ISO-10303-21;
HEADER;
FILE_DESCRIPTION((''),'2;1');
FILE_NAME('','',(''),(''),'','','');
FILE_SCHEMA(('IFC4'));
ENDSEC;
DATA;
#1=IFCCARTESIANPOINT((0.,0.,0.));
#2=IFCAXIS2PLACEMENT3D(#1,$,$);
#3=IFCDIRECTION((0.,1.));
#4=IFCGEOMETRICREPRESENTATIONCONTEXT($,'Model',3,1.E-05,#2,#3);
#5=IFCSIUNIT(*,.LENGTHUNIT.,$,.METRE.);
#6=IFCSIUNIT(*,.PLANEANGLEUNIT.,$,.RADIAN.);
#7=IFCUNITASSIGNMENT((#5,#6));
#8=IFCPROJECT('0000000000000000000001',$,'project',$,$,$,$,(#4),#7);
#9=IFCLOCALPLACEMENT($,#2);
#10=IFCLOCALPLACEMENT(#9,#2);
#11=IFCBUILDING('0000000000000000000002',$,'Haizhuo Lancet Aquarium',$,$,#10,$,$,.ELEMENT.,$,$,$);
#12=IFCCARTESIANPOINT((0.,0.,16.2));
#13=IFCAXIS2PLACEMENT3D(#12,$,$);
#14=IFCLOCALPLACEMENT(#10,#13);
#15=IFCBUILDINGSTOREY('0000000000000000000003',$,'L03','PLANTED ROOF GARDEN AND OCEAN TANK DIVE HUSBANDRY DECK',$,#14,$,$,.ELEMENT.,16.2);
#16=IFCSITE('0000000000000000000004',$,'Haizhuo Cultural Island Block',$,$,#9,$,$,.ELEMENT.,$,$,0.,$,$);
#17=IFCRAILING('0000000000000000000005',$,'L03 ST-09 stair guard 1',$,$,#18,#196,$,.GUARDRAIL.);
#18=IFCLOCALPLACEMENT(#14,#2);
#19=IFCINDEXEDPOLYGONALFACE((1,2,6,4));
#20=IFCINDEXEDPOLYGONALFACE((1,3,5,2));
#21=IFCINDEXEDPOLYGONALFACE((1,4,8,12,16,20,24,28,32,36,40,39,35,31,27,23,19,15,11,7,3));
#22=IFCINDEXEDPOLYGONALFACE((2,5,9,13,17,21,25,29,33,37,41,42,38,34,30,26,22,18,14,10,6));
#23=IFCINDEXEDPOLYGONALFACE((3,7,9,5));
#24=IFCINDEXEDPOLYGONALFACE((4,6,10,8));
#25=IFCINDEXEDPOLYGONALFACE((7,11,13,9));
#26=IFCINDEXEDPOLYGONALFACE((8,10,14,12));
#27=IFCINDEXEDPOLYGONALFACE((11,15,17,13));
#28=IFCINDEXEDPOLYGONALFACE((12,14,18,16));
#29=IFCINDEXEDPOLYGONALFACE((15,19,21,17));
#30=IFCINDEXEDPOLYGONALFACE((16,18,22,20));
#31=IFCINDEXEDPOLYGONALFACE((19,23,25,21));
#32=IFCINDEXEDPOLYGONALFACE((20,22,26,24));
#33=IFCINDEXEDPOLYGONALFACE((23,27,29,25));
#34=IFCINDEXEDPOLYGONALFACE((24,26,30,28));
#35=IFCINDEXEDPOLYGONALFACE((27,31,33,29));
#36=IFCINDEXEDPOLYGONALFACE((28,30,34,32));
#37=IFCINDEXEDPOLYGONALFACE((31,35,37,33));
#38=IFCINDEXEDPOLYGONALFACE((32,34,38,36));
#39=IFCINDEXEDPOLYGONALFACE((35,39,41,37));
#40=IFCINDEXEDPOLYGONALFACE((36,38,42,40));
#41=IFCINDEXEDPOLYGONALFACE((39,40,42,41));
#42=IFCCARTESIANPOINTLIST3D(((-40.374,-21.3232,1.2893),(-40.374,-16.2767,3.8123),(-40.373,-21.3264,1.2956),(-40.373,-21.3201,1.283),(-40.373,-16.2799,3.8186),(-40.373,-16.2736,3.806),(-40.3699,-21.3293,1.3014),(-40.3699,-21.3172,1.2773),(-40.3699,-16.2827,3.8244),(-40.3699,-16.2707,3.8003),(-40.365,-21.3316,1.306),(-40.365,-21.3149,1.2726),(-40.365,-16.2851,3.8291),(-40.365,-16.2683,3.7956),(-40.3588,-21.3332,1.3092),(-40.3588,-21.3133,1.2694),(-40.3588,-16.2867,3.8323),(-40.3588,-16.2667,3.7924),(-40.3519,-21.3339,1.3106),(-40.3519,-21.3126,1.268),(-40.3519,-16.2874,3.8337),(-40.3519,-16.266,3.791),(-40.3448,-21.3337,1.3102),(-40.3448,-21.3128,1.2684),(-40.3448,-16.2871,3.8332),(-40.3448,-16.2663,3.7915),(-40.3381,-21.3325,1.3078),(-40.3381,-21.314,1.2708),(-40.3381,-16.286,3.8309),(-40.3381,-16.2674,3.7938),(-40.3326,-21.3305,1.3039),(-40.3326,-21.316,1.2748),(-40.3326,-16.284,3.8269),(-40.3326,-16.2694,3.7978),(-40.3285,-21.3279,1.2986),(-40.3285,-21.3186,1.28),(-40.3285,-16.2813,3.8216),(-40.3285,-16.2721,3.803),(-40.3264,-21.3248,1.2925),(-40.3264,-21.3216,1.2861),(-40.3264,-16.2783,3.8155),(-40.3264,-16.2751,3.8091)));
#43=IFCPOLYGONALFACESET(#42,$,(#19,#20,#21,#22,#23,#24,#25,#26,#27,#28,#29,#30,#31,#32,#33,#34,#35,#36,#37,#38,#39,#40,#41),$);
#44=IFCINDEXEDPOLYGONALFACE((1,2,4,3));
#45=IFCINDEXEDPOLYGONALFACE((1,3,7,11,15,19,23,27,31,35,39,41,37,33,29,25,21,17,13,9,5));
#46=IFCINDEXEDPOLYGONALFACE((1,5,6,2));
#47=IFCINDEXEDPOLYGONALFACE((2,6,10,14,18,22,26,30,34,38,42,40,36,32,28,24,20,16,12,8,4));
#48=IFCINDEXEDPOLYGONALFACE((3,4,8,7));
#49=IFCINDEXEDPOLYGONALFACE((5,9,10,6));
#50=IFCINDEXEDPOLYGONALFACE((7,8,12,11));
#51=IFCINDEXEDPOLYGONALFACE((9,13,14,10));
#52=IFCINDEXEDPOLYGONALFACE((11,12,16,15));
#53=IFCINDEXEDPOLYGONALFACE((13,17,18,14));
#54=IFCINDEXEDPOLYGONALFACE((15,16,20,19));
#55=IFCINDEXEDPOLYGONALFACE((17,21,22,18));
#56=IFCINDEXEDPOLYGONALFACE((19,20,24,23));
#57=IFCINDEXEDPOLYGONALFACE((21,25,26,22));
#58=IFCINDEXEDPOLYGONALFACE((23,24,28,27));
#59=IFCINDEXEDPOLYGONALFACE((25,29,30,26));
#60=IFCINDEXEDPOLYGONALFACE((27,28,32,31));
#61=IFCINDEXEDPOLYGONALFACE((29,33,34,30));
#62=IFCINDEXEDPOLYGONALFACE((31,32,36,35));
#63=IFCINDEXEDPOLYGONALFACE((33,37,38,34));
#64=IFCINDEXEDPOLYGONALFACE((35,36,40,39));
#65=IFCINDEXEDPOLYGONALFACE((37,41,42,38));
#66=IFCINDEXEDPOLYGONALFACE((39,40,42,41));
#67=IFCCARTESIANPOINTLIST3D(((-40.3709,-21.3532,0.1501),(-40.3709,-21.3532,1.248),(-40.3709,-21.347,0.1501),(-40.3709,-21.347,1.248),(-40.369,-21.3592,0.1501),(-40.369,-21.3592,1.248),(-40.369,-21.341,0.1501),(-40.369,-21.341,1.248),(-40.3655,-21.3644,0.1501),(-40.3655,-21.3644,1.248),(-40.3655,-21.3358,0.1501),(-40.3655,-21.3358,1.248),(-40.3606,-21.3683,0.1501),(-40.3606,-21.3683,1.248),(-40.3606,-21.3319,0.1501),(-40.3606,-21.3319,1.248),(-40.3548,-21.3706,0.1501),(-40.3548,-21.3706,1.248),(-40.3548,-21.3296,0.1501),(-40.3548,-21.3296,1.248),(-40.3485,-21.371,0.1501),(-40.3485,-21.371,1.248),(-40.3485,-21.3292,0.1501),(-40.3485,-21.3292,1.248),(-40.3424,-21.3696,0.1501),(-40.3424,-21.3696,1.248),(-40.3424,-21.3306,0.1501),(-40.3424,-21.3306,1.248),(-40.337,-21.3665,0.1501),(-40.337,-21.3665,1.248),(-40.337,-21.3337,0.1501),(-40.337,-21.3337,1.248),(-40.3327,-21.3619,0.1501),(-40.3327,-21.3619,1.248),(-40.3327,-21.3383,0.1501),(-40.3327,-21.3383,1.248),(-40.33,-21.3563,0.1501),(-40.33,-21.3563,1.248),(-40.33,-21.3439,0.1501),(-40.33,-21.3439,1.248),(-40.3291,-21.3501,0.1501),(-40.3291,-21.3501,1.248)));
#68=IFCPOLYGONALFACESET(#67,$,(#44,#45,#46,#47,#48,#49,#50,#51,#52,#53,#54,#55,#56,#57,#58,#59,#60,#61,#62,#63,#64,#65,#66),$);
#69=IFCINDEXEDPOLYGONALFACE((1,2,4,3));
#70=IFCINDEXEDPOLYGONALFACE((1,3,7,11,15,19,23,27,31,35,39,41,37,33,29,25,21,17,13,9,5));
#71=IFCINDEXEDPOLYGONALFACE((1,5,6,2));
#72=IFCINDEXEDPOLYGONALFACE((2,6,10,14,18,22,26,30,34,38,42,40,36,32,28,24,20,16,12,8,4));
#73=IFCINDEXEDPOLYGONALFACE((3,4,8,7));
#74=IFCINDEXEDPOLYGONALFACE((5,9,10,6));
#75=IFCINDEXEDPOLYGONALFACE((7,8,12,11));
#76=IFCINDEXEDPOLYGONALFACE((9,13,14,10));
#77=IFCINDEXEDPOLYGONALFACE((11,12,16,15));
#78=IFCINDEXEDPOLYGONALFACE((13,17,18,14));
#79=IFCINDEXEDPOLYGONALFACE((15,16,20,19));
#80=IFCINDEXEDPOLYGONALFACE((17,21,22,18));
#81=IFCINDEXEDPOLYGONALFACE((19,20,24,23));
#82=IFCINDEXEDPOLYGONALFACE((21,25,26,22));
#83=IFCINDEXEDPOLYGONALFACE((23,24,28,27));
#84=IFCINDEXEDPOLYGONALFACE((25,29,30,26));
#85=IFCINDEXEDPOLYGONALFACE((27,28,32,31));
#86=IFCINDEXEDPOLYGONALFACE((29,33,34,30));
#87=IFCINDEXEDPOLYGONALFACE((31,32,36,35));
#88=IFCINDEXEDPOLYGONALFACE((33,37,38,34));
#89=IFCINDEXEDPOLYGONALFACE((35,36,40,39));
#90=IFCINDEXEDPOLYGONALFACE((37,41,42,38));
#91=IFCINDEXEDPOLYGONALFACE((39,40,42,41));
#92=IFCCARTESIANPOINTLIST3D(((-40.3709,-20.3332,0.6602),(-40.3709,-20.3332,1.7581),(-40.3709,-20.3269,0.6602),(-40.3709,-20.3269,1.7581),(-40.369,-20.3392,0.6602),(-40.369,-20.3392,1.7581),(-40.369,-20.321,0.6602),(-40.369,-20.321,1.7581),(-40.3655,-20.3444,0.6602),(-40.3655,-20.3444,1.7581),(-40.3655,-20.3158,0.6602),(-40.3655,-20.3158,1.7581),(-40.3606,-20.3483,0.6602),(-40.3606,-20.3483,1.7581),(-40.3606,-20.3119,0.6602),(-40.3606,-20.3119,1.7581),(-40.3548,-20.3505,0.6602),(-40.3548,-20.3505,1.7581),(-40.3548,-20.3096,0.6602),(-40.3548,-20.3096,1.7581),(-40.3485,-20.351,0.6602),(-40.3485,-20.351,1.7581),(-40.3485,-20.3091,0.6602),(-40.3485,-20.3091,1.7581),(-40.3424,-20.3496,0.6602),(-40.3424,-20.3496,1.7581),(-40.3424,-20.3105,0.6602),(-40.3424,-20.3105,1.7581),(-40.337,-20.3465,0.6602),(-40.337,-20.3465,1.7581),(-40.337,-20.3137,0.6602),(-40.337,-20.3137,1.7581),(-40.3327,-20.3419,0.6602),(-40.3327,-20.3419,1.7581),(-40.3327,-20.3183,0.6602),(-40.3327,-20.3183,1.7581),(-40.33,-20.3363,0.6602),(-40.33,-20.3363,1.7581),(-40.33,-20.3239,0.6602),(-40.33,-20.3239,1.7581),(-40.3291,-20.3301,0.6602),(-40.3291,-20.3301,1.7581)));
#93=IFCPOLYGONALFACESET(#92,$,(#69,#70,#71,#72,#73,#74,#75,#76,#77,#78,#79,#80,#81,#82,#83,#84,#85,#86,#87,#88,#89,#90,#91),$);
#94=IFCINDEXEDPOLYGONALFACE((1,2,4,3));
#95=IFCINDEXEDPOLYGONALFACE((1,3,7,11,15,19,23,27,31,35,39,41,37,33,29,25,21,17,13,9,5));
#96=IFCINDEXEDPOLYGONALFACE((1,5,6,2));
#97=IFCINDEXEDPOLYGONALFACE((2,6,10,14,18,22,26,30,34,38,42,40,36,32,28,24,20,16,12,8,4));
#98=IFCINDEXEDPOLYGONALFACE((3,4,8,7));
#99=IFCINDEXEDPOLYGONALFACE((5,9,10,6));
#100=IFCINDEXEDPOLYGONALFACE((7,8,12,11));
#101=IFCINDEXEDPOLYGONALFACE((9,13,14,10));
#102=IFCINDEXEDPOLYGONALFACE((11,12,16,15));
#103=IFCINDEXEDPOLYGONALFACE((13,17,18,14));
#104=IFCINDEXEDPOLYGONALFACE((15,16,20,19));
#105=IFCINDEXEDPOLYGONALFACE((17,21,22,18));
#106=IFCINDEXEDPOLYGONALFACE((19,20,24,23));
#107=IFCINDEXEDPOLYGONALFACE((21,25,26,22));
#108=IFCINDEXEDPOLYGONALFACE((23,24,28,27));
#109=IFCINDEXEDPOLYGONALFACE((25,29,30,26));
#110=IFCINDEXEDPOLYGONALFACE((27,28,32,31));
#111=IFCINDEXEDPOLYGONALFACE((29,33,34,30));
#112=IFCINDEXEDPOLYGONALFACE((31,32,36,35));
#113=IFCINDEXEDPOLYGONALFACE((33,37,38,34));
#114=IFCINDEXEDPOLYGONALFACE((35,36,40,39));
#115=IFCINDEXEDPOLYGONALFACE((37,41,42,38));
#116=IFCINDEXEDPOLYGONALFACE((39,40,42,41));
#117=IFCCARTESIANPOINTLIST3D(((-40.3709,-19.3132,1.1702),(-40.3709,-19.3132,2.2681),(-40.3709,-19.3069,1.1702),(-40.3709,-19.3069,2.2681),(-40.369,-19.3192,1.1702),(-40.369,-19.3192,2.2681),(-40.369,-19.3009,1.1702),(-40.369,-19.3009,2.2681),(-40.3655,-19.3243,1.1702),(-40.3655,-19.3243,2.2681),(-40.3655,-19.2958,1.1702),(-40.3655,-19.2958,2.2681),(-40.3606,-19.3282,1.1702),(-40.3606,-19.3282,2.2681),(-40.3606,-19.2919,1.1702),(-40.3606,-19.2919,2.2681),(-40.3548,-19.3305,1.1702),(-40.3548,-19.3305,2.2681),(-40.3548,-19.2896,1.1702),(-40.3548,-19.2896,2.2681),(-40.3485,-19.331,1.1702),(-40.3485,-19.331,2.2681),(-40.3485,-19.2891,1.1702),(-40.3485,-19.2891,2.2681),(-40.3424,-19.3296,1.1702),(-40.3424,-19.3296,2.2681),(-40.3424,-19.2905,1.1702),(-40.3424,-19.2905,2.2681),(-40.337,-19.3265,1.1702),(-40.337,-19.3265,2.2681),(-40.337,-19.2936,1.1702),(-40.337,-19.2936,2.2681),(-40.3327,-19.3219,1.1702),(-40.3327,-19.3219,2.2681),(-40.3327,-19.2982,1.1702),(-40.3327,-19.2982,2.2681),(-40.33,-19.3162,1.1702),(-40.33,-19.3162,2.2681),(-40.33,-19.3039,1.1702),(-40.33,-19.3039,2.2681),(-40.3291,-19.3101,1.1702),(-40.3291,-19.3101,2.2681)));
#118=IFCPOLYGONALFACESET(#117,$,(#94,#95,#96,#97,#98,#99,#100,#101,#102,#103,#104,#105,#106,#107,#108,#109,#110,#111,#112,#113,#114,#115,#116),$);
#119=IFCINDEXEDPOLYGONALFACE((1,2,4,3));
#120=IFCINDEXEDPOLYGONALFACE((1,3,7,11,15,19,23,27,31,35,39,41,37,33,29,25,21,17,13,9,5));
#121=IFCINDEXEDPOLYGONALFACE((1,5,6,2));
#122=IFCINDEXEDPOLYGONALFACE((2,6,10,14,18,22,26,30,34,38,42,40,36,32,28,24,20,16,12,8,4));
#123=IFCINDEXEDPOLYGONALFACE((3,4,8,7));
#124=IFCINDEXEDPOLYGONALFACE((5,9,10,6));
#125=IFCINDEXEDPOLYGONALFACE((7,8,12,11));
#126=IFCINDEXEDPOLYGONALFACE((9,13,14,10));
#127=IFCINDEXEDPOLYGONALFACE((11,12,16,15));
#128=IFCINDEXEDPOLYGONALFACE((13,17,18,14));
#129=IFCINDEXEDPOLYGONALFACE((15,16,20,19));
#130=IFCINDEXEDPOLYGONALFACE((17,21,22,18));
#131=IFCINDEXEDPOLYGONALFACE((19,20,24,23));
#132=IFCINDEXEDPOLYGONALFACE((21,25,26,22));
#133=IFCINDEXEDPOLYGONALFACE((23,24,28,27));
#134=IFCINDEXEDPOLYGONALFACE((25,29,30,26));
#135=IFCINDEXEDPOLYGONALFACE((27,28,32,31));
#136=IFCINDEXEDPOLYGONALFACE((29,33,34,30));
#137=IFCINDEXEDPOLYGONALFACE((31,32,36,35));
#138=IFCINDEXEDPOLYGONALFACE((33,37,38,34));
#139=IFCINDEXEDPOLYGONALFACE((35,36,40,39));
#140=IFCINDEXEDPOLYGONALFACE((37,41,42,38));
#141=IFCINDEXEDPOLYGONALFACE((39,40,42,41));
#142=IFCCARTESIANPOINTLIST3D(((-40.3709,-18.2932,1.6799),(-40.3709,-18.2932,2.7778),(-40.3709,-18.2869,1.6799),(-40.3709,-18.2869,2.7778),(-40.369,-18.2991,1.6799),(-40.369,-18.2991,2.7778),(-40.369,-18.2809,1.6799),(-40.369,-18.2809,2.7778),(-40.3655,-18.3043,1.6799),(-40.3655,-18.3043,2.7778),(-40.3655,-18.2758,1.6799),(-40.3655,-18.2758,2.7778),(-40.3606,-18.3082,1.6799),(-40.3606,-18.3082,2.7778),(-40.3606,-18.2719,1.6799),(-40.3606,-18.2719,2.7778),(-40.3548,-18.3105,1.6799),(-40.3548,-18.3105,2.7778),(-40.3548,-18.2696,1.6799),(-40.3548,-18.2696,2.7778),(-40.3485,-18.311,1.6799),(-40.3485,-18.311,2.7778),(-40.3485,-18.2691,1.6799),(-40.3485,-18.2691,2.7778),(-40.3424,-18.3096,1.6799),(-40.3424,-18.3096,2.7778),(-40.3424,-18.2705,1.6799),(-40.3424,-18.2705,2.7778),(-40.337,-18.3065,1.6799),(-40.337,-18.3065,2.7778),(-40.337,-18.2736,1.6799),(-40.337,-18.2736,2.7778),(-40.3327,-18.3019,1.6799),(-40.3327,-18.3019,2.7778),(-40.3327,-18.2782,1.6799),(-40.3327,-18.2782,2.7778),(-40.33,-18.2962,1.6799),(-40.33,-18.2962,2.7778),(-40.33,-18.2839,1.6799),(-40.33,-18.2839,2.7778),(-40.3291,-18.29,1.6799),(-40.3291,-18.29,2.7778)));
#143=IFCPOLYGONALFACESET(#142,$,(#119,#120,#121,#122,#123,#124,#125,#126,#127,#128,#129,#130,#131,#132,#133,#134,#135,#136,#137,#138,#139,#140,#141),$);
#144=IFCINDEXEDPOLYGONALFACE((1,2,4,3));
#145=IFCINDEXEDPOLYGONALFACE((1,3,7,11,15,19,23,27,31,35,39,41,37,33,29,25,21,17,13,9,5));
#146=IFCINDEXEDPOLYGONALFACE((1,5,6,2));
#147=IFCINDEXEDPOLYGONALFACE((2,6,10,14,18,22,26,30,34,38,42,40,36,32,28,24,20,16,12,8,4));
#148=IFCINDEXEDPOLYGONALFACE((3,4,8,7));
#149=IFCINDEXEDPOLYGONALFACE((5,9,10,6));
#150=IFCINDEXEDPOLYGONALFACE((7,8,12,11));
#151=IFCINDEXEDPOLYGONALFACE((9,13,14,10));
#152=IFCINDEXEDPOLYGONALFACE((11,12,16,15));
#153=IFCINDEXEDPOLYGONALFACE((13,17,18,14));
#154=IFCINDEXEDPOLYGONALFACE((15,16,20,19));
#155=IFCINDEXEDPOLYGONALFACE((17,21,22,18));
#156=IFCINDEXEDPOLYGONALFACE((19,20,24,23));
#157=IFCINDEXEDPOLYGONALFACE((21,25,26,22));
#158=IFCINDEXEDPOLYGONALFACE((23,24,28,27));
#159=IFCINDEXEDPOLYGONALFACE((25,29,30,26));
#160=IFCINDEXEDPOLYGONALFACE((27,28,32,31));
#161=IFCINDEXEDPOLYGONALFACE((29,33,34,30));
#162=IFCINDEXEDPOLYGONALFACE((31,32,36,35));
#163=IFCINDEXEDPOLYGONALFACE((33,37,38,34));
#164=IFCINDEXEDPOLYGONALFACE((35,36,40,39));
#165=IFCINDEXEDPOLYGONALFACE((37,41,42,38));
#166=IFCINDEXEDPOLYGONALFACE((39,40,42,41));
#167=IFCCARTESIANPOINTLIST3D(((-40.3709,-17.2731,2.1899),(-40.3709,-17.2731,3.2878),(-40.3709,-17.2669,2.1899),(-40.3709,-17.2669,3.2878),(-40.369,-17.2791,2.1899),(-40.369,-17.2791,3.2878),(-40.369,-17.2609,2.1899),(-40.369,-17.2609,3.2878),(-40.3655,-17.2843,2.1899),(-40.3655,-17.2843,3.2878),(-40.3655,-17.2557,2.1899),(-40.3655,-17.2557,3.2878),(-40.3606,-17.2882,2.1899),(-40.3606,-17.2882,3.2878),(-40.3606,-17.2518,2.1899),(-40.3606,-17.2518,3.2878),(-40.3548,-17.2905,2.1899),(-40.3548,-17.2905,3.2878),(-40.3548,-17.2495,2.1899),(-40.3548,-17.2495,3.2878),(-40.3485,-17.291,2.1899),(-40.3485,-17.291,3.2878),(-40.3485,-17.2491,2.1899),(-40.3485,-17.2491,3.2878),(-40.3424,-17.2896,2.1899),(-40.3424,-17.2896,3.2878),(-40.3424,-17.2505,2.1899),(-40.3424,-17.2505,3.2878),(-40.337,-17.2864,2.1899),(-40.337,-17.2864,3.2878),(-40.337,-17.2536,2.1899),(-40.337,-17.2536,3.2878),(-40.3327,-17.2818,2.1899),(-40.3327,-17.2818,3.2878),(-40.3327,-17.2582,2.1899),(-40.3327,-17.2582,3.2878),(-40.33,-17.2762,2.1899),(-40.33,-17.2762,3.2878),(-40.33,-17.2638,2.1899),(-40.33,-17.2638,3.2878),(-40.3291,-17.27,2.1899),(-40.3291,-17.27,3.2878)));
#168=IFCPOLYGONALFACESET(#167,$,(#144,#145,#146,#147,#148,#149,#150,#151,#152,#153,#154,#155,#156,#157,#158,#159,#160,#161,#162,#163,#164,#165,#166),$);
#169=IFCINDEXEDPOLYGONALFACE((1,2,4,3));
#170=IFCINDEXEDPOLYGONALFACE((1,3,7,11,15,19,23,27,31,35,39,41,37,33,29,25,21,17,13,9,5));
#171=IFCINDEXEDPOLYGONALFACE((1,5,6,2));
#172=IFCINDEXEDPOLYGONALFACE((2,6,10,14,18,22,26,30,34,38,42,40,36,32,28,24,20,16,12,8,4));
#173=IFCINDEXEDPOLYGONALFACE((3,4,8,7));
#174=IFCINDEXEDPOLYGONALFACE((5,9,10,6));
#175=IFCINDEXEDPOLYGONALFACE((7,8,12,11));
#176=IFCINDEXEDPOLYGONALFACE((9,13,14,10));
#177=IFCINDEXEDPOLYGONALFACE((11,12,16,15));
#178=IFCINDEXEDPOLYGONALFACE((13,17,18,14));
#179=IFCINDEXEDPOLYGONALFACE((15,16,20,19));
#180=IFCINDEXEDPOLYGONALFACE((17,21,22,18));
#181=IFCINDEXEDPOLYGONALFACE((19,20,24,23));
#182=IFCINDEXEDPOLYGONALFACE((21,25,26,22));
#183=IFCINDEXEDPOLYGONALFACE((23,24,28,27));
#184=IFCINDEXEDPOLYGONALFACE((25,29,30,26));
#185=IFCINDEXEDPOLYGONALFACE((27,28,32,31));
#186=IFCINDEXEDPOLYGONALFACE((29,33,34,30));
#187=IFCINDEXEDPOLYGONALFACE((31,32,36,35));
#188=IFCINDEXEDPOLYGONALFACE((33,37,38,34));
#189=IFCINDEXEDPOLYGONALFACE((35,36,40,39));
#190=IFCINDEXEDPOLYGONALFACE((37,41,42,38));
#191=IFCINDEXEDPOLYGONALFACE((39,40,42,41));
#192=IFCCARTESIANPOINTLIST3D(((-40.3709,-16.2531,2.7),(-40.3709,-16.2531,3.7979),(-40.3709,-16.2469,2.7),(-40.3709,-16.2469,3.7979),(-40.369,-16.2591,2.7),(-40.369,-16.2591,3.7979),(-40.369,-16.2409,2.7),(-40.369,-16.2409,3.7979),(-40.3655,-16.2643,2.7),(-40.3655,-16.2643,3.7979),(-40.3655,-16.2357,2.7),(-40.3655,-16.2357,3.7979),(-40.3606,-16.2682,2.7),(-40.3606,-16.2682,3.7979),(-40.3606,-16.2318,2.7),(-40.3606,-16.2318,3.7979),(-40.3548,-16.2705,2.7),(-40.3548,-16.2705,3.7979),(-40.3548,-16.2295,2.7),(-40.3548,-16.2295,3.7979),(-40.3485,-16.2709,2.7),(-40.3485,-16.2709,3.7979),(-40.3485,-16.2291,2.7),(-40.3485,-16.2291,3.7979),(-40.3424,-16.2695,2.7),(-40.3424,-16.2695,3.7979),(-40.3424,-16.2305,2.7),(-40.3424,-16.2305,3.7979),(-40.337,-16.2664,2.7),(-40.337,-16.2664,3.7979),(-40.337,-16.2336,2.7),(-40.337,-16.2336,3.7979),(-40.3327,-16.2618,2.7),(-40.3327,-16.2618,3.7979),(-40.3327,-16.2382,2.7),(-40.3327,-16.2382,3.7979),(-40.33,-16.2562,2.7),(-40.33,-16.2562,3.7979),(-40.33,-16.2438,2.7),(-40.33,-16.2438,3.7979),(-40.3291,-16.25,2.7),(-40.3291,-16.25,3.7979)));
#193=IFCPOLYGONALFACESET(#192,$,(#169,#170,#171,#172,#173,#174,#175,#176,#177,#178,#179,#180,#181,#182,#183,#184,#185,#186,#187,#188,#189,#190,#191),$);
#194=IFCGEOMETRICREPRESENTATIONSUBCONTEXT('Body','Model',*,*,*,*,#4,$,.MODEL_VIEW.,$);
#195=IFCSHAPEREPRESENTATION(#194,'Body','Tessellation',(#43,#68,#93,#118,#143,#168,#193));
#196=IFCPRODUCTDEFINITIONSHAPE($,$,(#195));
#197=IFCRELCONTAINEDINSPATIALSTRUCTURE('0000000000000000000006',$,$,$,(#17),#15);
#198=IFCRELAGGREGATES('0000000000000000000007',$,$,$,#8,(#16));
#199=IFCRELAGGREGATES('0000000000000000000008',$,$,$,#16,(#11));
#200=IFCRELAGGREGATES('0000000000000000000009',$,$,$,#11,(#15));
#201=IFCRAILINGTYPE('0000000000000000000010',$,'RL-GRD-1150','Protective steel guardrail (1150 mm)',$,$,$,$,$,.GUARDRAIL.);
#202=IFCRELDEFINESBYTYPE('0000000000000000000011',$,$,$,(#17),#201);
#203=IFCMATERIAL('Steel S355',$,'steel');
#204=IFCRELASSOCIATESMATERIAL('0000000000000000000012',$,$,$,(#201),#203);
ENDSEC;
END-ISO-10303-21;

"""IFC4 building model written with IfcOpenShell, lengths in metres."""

from ifc_helpers import new_model, si_unit, direction, frame, origin, origin_2d, place, context, subcontext, project, spatial, circle, extrude, material, type_object, element, save


model = new_model("IFC4")

# Units and contexts
model_context = context("Model", 3, precision=1e-05, world=origin(), true_north=direction((0.0, 1.0)))
body_context = subcontext(model_context, "Body", "Model", "MODEL_VIEW")
ifc_project = project(units=[si_unit("LENGTHUNIT", "METRE"), si_unit("PLANEANGLEUNIT", "RADIAN")], contexts=[model_context])

# Site, building, storey
site_placement = place(None, origin())
site = spatial("IfcSite", under=ifc_project, at=site_placement, Name="Haizhuo Cultural Island Block", CompositionType="ELEMENT", RefElevation=0.0)
building_placement = place(site_placement, origin())
building = spatial("IfcBuilding", under=site, at=building_placement, Name="Haizhuo Lancet Aquarium", CompositionType="ELEMENT")
storey_placement = place(building_placement, frame((0.0, 0.0, 16.2)))
storey = spatial("IfcBuildingStorey", under=building, at=storey_placement, Name="L03", Description="PLANTED ROOF GARDEN AND OCEAN TANK DIVE HUSBANDRY DECK", CompositionType="ELEMENT", Elevation=16.2)

# Shared definitions
ifc_material_1 = material(Name="Steel S355", Category="steel")

# Railing
railing_type_1 = type_object("IfcRailingType", Name="RL-GRD-1150", Description="Protective steel guardrail (1150 mm)", PredefinedType="GUARDRAIL", material=ifc_material_1)
railing_1_placement = place(storey_placement, frame((-40.3501, -21.3501, 0.1501)))
element("IfcRailing", 1, at=railing_1_placement, inside=storey, type_object=railing_type_1, Name="L03 ST-09 stair guard 1", PredefinedType="GUARDRAIL", context=body_context, shape_type="SweptSolid", body=[
    extrude(circle(Radius=0.0239, at=origin_2d()), frame((0.0, 0.0269, 1.1392), z_axis=(0.0, 0.894444, 0.447179), x_axis=(-1.0, 0.0, 0.0)), (0.0, 0.0, 1.0), 5.6421),
    extrude(circle(Radius=0.021, at=origin_2d()), origin(), (0.0, 0.0, 1.0), 1.0979),
    extrude(circle(Radius=0.021, at=origin_2d()), frame((0.0, 1.02, 0.51)), (0.0, 0.0, 1.0), 1.0979),
    extrude(circle(Radius=0.021, at=origin_2d()), frame((0.0, 2.04, 1.02)), (0.0, 0.0, 1.0), 1.0979),
    extrude(circle(Radius=0.021, at=origin_2d()), frame((0.0, 3.0601, 1.5298)), (0.0, 0.0, 1.0), 1.0979),
    extrude(circle(Radius=0.021, at=origin_2d()), frame((0.0, 4.0801, 2.0398)), (0.0, 0.0, 1.0), 1.0979),
    extrude(circle(Radius=0.021, at=origin_2d()), frame((0.0, 5.1001, 2.5498)), (0.0, 0.0, 1.0), 1.0979),
])

save(model, "model.ifc")
